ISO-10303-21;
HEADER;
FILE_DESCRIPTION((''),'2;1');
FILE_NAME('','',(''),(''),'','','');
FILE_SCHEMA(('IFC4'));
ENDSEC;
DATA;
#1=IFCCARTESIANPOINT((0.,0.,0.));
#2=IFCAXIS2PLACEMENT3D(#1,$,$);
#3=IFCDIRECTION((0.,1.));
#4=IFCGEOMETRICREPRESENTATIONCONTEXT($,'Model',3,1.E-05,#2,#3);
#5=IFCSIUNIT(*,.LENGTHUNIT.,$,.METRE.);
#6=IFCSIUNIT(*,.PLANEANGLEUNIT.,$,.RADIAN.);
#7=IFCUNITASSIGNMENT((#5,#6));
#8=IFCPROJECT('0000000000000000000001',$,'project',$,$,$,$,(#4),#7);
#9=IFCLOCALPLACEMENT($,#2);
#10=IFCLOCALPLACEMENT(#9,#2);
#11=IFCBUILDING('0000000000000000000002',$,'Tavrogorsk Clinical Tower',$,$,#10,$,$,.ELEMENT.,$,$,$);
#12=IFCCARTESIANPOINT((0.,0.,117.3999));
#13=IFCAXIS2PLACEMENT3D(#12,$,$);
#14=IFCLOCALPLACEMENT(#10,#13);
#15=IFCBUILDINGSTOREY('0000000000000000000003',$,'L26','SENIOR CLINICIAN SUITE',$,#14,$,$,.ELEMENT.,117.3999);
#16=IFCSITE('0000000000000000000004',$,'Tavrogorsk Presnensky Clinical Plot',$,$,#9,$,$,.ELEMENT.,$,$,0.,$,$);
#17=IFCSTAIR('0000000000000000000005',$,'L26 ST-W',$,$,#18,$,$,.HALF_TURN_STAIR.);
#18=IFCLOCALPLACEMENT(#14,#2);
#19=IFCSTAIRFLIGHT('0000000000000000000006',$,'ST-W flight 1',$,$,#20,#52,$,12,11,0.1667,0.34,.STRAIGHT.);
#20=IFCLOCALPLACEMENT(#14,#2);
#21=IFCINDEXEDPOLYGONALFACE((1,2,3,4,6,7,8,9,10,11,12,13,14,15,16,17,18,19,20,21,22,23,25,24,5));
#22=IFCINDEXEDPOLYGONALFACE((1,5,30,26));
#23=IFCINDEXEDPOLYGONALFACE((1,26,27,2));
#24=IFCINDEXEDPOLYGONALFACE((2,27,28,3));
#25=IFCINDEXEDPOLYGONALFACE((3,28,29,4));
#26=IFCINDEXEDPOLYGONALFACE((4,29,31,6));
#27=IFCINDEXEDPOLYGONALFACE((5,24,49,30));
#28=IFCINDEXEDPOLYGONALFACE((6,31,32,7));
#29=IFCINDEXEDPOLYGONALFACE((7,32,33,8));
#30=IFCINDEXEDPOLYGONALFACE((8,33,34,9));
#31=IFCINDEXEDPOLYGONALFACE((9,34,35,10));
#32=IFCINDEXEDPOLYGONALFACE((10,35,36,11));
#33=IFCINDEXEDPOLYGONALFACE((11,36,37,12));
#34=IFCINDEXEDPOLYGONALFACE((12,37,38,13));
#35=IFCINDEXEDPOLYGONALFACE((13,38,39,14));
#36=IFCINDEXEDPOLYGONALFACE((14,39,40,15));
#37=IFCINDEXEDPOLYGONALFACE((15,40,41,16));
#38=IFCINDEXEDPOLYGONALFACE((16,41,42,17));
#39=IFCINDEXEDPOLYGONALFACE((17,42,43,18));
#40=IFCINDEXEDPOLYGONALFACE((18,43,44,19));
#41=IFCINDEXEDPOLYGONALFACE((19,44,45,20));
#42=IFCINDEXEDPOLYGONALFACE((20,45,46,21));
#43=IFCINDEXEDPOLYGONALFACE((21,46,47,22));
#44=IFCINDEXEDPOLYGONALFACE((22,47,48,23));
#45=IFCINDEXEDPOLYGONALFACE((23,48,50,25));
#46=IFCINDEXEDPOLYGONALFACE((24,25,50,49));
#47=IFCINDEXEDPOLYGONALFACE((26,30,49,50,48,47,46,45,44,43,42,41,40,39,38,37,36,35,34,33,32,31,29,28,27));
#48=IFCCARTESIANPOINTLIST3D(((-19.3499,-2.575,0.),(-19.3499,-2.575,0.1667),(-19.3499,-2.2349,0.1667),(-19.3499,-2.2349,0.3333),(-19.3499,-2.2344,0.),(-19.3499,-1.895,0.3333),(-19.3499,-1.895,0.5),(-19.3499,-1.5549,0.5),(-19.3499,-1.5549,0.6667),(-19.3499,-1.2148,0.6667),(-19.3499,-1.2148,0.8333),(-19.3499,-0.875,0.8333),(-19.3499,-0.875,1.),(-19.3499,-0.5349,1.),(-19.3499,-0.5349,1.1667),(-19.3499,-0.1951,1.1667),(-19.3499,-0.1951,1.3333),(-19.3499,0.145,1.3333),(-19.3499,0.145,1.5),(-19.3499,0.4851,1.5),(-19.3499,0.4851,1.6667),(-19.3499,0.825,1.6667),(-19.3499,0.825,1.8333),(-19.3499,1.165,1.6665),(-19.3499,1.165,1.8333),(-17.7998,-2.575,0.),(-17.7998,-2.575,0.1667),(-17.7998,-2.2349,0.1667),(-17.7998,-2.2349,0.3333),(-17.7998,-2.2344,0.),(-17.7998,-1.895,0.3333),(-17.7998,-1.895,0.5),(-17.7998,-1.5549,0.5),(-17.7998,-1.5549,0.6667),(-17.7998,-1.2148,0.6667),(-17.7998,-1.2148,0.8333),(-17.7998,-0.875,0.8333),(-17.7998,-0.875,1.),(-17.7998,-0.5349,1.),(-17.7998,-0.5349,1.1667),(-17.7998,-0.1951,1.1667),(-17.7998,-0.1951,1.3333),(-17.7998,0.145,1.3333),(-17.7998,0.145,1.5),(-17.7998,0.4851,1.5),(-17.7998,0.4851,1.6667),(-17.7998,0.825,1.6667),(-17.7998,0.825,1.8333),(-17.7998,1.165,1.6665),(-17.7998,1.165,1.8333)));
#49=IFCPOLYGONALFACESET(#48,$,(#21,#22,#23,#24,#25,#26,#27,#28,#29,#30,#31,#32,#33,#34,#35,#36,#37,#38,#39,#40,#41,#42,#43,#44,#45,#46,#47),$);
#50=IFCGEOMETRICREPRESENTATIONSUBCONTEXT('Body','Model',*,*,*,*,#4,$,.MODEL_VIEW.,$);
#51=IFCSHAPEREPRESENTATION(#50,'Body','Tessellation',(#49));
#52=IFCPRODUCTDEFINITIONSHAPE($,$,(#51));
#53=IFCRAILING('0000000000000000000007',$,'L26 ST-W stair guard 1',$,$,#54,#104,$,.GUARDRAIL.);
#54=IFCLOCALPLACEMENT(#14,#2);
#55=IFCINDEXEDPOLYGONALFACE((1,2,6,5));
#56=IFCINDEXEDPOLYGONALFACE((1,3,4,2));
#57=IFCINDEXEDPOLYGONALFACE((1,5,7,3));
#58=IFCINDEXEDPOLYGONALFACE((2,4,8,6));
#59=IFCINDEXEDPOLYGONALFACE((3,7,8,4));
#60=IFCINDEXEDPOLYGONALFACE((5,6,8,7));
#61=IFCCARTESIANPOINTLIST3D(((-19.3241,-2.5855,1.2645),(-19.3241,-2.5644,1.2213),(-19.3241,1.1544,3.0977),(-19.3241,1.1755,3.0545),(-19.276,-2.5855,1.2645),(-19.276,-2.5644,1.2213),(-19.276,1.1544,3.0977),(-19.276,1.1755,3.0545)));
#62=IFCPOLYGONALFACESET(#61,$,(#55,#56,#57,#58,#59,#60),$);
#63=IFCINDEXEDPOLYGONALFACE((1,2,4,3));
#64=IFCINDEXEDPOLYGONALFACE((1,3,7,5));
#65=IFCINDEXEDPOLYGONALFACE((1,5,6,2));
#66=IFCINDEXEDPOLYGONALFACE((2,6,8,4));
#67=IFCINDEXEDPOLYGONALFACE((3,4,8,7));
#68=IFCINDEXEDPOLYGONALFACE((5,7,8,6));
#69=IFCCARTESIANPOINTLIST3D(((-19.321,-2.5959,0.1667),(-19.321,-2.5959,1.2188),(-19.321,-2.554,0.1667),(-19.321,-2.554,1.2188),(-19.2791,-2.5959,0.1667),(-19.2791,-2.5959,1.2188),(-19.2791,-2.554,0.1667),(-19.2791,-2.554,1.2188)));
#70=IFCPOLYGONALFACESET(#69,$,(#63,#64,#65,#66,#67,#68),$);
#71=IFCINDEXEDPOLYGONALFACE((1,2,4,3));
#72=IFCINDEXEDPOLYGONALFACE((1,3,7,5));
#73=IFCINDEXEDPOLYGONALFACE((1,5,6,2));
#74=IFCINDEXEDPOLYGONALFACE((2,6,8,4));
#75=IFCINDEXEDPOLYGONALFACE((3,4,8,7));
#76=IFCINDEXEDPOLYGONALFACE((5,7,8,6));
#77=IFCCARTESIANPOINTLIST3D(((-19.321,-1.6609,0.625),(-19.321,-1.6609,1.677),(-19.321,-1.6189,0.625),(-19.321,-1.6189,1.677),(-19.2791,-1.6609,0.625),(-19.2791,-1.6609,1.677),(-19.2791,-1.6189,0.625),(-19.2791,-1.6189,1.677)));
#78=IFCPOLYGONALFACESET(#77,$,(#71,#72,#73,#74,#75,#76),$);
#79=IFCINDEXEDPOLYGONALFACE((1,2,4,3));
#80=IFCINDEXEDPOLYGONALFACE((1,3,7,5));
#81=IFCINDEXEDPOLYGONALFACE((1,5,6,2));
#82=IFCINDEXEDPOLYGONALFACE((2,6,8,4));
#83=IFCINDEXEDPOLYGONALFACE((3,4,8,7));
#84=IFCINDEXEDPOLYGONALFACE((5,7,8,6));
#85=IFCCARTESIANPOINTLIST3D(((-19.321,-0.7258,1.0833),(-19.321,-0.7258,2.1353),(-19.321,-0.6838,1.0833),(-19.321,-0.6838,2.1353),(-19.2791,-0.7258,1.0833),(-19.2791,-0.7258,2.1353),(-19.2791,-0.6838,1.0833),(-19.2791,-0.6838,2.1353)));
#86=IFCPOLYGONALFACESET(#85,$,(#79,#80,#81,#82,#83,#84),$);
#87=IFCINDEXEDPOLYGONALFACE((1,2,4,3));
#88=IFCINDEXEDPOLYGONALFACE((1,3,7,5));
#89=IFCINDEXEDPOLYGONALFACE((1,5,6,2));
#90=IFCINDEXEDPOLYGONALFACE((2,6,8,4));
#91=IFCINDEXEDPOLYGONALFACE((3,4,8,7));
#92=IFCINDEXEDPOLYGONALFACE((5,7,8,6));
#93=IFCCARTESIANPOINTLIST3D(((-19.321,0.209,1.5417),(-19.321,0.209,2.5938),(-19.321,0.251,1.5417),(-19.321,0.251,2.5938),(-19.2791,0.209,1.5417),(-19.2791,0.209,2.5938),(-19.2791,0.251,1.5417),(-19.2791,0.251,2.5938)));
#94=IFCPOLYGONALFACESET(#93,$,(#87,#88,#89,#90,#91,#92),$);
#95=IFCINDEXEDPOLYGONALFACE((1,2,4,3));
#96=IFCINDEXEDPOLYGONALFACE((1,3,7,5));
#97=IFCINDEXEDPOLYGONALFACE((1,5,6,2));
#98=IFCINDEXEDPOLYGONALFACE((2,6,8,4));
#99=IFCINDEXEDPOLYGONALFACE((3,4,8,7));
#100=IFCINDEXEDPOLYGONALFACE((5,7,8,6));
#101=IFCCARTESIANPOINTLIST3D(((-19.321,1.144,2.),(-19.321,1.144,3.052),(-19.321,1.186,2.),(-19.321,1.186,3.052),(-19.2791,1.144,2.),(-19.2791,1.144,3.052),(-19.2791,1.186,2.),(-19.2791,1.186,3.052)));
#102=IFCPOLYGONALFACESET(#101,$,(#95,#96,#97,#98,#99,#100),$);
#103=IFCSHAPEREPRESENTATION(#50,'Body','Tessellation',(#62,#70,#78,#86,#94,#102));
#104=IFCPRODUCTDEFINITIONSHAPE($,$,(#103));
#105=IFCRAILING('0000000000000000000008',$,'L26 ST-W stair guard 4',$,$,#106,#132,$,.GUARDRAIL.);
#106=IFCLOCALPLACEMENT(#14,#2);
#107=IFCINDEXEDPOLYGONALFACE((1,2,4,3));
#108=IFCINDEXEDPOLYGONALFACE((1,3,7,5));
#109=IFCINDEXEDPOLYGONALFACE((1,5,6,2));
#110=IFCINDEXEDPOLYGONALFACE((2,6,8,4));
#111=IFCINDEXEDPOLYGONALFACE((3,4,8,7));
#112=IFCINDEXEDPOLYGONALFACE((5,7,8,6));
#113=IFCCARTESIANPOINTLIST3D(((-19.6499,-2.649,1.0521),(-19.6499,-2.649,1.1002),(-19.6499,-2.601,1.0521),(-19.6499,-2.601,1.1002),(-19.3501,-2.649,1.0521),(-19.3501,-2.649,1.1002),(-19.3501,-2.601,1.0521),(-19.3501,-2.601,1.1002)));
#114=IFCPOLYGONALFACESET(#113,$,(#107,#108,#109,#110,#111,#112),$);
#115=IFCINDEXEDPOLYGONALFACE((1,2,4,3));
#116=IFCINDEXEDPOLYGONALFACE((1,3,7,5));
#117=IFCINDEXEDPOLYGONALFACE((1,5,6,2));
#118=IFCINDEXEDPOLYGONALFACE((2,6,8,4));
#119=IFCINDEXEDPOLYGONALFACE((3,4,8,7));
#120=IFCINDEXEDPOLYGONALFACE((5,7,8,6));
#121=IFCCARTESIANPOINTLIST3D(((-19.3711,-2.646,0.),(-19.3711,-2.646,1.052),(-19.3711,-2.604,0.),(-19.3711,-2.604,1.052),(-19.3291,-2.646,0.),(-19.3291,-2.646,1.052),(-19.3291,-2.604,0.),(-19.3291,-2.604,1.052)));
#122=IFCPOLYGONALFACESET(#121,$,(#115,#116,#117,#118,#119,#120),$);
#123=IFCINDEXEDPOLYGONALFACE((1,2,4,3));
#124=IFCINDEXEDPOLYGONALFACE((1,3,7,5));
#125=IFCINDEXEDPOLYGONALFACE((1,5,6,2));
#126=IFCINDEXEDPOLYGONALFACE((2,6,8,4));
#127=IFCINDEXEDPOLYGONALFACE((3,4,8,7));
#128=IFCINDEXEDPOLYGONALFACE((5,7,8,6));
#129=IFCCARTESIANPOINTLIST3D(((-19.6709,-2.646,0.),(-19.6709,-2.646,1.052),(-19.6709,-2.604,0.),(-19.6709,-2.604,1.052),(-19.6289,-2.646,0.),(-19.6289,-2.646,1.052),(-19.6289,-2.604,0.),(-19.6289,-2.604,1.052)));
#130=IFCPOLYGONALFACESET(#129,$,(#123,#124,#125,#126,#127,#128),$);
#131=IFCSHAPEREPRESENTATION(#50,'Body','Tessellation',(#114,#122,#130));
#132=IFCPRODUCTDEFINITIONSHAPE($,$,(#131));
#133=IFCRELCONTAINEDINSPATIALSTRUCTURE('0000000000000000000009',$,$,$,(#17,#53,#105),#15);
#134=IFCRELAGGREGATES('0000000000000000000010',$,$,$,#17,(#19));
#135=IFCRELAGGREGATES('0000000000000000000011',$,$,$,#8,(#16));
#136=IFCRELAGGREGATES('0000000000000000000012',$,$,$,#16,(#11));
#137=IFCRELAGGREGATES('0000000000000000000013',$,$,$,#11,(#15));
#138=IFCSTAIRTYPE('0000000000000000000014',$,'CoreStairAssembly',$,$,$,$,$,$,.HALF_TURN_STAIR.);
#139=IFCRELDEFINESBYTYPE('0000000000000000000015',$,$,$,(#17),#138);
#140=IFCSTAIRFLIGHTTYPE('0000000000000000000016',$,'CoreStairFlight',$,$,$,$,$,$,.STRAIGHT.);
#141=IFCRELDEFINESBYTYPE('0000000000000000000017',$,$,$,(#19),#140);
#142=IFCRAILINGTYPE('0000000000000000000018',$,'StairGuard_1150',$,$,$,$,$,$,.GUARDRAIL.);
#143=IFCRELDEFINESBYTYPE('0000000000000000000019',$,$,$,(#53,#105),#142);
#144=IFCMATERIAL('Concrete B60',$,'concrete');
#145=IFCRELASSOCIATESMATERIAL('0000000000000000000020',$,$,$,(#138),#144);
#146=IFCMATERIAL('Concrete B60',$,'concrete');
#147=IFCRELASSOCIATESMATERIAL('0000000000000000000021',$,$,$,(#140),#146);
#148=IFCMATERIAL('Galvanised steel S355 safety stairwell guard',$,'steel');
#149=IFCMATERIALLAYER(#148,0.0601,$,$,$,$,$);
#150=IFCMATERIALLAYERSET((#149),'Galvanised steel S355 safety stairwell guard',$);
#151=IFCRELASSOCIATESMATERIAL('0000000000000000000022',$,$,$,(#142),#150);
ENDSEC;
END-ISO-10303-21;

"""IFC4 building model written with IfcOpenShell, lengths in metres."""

from ifc_helpers import new_model, si_unit, direction, frame, origin, origin_2d, place, context, subcontext, project, spatial, polyline, rectangle, outline, extrude, material, layer, layer_set, type_object, element, aggregate, save


model = new_model("IFC4")

# Units and contexts
model_context = context("Model", 3, precision=1e-05, world=origin(), true_north=direction((0.0, 1.0)))
body_context = subcontext(model_context, "Body", "Model", "MODEL_VIEW")
ifc_project = project(units=[si_unit("LENGTHUNIT", "METRE"), si_unit("PLANEANGLEUNIT", "RADIAN")], contexts=[model_context])

# Site, building, storey
site_placement = place(None, origin())
site = spatial("IfcSite", under=ifc_project, at=site_placement, Name="Tavrogorsk Presnensky Clinical Plot", CompositionType="ELEMENT", RefElevation=0.0)
building_placement = place(site_placement, origin())
building = spatial("IfcBuilding", under=site, at=building_placement, Name="Tavrogorsk Clinical Tower", CompositionType="ELEMENT")
storey_placement = place(building_placement, frame((0.0, 0.0, 117.3999)))
storey = spatial("IfcBuildingStorey", under=building, at=storey_placement, Name="L26", Description="SENIOR CLINICIAN SUITE", CompositionType="ELEMENT", Elevation=117.3999)

# Stair, stair flight
ifc_material_1 = material(Name="Concrete B60", Category="concrete")
stair_type = type_object("IfcStairType", Name="CoreStairAssembly", PredefinedType="HALF_TURN_STAIR", material=ifc_material_1)
stair_placement = place(storey_placement, origin())
stair = element("IfcStair", 1, at=stair_placement, inside=storey, type_object=stair_type, Name="L26 ST-W", PredefinedType="HALF_TURN_STAIR")
ifc_material_2 = material(Name="Concrete B60", Category="concrete")
stair_flight_type = type_object("IfcStairFlightType", Name="CoreStairFlight", PredefinedType="STRAIGHT", material=ifc_material_2)
stair_flight_placement = place(storey_placement, frame((-18.575, -2.575, 0.0), z_axis=(0.0, 0.0, 1.0), x_axis=(0.0, 1.0, 0.0)))
stair_flight = element("IfcStairFlight", 2, at=stair_flight_placement, type_object=stair_flight_type, Name="ST-W flight 1", NumberOfRisers=12, NumberOfTreads=11, PredefinedType="STRAIGHT", RiserHeight=0.1667, TreadLength=0.34, context=body_context, shape_type="SweptSolid", body=[
    extrude(outline(polyline([(0.0, 0.0), (0.0, 0.1667), (0.3401, 0.1667), (0.3401, 0.3333), (0.6799, 0.3333), (0.6799, 0.5), (1.02, 0.5), (1.02, 0.6667), (1.3601, 0.6667), (1.3601, 0.8333), (1.7, 0.8333), (1.7, 1.0), (2.04, 1.0), (2.04, 1.1667), (2.3799, 1.1667), (2.3799, 1.3333), (2.72, 1.3333), (2.72, 1.5), (3.0601, 1.5), (3.0601, 1.6667), (3.3999, 1.6667), (3.3999, 1.8333), (3.74, 1.8333), (3.74, 2.0), (3.74, 1.6665), (0.3406, 0.0), (0.0, 0.0)])), frame((0.0, 0.7749, 0.0), z_axis=(0.0, -1.0, 0.0), x_axis=(1.0, 0.0, 0.0)), (0.0, 0.0, 1.0), 1.55),
])
aggregate(stair, [stair_flight])

# Railings
ifc_material_3 = material(Name="Galvanised steel S355 safety stairwell guard", Category="steel")
ifc_layer_1 = layer(ifc_material_3, 0.0601)
ifc_layer_set_1 = layer_set([ifc_layer_1], Name="Galvanised steel S355 safety stairwell guard")
railing_type = type_object("IfcRailingType", Name="StairGuard_1150", PredefinedType="GUARDRAIL", material=ifc_layer_set_1)
railing_1_placement = place(storey_placement, frame((-19.3, -2.575, 0.1667)))
element("IfcRailing", 3, at=railing_1_placement, inside=storey, type_object=railing_type, Name="L26 ST-W stair guard 1", PredefinedType="GUARDRAIL", context=body_context, shape_type="SweptSolid", body=[
    extrude(rectangle(XDim=0.0481, YDim=0.0481, at=origin_2d()), frame((0.0, 0.0, 1.0762), z_axis=(0.0, 0.897928, 0.440142), x_axis=(-1.0, 0.0, 0.0)), (0.0, 0.0, 1.0), 4.165),
    extrude(rectangle(XDim=0.042, YDim=0.042, at=origin_2d()), origin(), (0.0, 0.0, 1.0), 1.052),
    extrude(rectangle(XDim=0.042, YDim=0.042, at=origin_2d()), frame((0.0, 0.9351, 0.4583)), (0.0, 0.0, 1.0), 1.052),
    extrude(rectangle(XDim=0.042, YDim=0.042, at=origin_2d()), frame((0.0, 1.8701, 0.9165)), (0.0, 0.0, 1.0), 1.052),
    extrude(rectangle(XDim=0.042, YDim=0.042, at=origin_2d()), frame((0.0, 2.8049, 1.375)), (0.0, 0.0, 1.0), 1.052),
    extrude(rectangle(XDim=0.042, YDim=0.042, at=origin_2d()), frame((0.0, 3.74, 1.8333)), (0.0, 0.0, 1.0), 1.052),
])
railing_2_placement = place(storey_placement, frame((-19.3501, -2.625, 0.0)))
element("IfcRailing", 4, at=railing_2_placement, inside=storey, type_object=railing_type, Name="L26 ST-W stair guard 4", PredefinedType="GUARDRAIL", context=body_context, shape_type="SweptSolid", body=[
    extrude(rectangle(XDim=0.0481, YDim=0.0481, at=origin_2d()), frame((0.0, 0.0, 1.0762), z_axis=(-1.0, 0.0, 0.0), x_axis=(0.0, -1.0, 0.0)), (0.0, 0.0, 1.0), 0.2998),
    extrude(rectangle(XDim=0.042, YDim=0.042, at=origin_2d()), origin(), (0.0, 0.0, 1.0), 1.052),
    extrude(rectangle(XDim=0.042, YDim=0.042, at=origin_2d()), frame((-0.2998, 0.0, 0.0)), (0.0, 0.0, 1.0), 1.052),
])

save(model, "model.ifc")
